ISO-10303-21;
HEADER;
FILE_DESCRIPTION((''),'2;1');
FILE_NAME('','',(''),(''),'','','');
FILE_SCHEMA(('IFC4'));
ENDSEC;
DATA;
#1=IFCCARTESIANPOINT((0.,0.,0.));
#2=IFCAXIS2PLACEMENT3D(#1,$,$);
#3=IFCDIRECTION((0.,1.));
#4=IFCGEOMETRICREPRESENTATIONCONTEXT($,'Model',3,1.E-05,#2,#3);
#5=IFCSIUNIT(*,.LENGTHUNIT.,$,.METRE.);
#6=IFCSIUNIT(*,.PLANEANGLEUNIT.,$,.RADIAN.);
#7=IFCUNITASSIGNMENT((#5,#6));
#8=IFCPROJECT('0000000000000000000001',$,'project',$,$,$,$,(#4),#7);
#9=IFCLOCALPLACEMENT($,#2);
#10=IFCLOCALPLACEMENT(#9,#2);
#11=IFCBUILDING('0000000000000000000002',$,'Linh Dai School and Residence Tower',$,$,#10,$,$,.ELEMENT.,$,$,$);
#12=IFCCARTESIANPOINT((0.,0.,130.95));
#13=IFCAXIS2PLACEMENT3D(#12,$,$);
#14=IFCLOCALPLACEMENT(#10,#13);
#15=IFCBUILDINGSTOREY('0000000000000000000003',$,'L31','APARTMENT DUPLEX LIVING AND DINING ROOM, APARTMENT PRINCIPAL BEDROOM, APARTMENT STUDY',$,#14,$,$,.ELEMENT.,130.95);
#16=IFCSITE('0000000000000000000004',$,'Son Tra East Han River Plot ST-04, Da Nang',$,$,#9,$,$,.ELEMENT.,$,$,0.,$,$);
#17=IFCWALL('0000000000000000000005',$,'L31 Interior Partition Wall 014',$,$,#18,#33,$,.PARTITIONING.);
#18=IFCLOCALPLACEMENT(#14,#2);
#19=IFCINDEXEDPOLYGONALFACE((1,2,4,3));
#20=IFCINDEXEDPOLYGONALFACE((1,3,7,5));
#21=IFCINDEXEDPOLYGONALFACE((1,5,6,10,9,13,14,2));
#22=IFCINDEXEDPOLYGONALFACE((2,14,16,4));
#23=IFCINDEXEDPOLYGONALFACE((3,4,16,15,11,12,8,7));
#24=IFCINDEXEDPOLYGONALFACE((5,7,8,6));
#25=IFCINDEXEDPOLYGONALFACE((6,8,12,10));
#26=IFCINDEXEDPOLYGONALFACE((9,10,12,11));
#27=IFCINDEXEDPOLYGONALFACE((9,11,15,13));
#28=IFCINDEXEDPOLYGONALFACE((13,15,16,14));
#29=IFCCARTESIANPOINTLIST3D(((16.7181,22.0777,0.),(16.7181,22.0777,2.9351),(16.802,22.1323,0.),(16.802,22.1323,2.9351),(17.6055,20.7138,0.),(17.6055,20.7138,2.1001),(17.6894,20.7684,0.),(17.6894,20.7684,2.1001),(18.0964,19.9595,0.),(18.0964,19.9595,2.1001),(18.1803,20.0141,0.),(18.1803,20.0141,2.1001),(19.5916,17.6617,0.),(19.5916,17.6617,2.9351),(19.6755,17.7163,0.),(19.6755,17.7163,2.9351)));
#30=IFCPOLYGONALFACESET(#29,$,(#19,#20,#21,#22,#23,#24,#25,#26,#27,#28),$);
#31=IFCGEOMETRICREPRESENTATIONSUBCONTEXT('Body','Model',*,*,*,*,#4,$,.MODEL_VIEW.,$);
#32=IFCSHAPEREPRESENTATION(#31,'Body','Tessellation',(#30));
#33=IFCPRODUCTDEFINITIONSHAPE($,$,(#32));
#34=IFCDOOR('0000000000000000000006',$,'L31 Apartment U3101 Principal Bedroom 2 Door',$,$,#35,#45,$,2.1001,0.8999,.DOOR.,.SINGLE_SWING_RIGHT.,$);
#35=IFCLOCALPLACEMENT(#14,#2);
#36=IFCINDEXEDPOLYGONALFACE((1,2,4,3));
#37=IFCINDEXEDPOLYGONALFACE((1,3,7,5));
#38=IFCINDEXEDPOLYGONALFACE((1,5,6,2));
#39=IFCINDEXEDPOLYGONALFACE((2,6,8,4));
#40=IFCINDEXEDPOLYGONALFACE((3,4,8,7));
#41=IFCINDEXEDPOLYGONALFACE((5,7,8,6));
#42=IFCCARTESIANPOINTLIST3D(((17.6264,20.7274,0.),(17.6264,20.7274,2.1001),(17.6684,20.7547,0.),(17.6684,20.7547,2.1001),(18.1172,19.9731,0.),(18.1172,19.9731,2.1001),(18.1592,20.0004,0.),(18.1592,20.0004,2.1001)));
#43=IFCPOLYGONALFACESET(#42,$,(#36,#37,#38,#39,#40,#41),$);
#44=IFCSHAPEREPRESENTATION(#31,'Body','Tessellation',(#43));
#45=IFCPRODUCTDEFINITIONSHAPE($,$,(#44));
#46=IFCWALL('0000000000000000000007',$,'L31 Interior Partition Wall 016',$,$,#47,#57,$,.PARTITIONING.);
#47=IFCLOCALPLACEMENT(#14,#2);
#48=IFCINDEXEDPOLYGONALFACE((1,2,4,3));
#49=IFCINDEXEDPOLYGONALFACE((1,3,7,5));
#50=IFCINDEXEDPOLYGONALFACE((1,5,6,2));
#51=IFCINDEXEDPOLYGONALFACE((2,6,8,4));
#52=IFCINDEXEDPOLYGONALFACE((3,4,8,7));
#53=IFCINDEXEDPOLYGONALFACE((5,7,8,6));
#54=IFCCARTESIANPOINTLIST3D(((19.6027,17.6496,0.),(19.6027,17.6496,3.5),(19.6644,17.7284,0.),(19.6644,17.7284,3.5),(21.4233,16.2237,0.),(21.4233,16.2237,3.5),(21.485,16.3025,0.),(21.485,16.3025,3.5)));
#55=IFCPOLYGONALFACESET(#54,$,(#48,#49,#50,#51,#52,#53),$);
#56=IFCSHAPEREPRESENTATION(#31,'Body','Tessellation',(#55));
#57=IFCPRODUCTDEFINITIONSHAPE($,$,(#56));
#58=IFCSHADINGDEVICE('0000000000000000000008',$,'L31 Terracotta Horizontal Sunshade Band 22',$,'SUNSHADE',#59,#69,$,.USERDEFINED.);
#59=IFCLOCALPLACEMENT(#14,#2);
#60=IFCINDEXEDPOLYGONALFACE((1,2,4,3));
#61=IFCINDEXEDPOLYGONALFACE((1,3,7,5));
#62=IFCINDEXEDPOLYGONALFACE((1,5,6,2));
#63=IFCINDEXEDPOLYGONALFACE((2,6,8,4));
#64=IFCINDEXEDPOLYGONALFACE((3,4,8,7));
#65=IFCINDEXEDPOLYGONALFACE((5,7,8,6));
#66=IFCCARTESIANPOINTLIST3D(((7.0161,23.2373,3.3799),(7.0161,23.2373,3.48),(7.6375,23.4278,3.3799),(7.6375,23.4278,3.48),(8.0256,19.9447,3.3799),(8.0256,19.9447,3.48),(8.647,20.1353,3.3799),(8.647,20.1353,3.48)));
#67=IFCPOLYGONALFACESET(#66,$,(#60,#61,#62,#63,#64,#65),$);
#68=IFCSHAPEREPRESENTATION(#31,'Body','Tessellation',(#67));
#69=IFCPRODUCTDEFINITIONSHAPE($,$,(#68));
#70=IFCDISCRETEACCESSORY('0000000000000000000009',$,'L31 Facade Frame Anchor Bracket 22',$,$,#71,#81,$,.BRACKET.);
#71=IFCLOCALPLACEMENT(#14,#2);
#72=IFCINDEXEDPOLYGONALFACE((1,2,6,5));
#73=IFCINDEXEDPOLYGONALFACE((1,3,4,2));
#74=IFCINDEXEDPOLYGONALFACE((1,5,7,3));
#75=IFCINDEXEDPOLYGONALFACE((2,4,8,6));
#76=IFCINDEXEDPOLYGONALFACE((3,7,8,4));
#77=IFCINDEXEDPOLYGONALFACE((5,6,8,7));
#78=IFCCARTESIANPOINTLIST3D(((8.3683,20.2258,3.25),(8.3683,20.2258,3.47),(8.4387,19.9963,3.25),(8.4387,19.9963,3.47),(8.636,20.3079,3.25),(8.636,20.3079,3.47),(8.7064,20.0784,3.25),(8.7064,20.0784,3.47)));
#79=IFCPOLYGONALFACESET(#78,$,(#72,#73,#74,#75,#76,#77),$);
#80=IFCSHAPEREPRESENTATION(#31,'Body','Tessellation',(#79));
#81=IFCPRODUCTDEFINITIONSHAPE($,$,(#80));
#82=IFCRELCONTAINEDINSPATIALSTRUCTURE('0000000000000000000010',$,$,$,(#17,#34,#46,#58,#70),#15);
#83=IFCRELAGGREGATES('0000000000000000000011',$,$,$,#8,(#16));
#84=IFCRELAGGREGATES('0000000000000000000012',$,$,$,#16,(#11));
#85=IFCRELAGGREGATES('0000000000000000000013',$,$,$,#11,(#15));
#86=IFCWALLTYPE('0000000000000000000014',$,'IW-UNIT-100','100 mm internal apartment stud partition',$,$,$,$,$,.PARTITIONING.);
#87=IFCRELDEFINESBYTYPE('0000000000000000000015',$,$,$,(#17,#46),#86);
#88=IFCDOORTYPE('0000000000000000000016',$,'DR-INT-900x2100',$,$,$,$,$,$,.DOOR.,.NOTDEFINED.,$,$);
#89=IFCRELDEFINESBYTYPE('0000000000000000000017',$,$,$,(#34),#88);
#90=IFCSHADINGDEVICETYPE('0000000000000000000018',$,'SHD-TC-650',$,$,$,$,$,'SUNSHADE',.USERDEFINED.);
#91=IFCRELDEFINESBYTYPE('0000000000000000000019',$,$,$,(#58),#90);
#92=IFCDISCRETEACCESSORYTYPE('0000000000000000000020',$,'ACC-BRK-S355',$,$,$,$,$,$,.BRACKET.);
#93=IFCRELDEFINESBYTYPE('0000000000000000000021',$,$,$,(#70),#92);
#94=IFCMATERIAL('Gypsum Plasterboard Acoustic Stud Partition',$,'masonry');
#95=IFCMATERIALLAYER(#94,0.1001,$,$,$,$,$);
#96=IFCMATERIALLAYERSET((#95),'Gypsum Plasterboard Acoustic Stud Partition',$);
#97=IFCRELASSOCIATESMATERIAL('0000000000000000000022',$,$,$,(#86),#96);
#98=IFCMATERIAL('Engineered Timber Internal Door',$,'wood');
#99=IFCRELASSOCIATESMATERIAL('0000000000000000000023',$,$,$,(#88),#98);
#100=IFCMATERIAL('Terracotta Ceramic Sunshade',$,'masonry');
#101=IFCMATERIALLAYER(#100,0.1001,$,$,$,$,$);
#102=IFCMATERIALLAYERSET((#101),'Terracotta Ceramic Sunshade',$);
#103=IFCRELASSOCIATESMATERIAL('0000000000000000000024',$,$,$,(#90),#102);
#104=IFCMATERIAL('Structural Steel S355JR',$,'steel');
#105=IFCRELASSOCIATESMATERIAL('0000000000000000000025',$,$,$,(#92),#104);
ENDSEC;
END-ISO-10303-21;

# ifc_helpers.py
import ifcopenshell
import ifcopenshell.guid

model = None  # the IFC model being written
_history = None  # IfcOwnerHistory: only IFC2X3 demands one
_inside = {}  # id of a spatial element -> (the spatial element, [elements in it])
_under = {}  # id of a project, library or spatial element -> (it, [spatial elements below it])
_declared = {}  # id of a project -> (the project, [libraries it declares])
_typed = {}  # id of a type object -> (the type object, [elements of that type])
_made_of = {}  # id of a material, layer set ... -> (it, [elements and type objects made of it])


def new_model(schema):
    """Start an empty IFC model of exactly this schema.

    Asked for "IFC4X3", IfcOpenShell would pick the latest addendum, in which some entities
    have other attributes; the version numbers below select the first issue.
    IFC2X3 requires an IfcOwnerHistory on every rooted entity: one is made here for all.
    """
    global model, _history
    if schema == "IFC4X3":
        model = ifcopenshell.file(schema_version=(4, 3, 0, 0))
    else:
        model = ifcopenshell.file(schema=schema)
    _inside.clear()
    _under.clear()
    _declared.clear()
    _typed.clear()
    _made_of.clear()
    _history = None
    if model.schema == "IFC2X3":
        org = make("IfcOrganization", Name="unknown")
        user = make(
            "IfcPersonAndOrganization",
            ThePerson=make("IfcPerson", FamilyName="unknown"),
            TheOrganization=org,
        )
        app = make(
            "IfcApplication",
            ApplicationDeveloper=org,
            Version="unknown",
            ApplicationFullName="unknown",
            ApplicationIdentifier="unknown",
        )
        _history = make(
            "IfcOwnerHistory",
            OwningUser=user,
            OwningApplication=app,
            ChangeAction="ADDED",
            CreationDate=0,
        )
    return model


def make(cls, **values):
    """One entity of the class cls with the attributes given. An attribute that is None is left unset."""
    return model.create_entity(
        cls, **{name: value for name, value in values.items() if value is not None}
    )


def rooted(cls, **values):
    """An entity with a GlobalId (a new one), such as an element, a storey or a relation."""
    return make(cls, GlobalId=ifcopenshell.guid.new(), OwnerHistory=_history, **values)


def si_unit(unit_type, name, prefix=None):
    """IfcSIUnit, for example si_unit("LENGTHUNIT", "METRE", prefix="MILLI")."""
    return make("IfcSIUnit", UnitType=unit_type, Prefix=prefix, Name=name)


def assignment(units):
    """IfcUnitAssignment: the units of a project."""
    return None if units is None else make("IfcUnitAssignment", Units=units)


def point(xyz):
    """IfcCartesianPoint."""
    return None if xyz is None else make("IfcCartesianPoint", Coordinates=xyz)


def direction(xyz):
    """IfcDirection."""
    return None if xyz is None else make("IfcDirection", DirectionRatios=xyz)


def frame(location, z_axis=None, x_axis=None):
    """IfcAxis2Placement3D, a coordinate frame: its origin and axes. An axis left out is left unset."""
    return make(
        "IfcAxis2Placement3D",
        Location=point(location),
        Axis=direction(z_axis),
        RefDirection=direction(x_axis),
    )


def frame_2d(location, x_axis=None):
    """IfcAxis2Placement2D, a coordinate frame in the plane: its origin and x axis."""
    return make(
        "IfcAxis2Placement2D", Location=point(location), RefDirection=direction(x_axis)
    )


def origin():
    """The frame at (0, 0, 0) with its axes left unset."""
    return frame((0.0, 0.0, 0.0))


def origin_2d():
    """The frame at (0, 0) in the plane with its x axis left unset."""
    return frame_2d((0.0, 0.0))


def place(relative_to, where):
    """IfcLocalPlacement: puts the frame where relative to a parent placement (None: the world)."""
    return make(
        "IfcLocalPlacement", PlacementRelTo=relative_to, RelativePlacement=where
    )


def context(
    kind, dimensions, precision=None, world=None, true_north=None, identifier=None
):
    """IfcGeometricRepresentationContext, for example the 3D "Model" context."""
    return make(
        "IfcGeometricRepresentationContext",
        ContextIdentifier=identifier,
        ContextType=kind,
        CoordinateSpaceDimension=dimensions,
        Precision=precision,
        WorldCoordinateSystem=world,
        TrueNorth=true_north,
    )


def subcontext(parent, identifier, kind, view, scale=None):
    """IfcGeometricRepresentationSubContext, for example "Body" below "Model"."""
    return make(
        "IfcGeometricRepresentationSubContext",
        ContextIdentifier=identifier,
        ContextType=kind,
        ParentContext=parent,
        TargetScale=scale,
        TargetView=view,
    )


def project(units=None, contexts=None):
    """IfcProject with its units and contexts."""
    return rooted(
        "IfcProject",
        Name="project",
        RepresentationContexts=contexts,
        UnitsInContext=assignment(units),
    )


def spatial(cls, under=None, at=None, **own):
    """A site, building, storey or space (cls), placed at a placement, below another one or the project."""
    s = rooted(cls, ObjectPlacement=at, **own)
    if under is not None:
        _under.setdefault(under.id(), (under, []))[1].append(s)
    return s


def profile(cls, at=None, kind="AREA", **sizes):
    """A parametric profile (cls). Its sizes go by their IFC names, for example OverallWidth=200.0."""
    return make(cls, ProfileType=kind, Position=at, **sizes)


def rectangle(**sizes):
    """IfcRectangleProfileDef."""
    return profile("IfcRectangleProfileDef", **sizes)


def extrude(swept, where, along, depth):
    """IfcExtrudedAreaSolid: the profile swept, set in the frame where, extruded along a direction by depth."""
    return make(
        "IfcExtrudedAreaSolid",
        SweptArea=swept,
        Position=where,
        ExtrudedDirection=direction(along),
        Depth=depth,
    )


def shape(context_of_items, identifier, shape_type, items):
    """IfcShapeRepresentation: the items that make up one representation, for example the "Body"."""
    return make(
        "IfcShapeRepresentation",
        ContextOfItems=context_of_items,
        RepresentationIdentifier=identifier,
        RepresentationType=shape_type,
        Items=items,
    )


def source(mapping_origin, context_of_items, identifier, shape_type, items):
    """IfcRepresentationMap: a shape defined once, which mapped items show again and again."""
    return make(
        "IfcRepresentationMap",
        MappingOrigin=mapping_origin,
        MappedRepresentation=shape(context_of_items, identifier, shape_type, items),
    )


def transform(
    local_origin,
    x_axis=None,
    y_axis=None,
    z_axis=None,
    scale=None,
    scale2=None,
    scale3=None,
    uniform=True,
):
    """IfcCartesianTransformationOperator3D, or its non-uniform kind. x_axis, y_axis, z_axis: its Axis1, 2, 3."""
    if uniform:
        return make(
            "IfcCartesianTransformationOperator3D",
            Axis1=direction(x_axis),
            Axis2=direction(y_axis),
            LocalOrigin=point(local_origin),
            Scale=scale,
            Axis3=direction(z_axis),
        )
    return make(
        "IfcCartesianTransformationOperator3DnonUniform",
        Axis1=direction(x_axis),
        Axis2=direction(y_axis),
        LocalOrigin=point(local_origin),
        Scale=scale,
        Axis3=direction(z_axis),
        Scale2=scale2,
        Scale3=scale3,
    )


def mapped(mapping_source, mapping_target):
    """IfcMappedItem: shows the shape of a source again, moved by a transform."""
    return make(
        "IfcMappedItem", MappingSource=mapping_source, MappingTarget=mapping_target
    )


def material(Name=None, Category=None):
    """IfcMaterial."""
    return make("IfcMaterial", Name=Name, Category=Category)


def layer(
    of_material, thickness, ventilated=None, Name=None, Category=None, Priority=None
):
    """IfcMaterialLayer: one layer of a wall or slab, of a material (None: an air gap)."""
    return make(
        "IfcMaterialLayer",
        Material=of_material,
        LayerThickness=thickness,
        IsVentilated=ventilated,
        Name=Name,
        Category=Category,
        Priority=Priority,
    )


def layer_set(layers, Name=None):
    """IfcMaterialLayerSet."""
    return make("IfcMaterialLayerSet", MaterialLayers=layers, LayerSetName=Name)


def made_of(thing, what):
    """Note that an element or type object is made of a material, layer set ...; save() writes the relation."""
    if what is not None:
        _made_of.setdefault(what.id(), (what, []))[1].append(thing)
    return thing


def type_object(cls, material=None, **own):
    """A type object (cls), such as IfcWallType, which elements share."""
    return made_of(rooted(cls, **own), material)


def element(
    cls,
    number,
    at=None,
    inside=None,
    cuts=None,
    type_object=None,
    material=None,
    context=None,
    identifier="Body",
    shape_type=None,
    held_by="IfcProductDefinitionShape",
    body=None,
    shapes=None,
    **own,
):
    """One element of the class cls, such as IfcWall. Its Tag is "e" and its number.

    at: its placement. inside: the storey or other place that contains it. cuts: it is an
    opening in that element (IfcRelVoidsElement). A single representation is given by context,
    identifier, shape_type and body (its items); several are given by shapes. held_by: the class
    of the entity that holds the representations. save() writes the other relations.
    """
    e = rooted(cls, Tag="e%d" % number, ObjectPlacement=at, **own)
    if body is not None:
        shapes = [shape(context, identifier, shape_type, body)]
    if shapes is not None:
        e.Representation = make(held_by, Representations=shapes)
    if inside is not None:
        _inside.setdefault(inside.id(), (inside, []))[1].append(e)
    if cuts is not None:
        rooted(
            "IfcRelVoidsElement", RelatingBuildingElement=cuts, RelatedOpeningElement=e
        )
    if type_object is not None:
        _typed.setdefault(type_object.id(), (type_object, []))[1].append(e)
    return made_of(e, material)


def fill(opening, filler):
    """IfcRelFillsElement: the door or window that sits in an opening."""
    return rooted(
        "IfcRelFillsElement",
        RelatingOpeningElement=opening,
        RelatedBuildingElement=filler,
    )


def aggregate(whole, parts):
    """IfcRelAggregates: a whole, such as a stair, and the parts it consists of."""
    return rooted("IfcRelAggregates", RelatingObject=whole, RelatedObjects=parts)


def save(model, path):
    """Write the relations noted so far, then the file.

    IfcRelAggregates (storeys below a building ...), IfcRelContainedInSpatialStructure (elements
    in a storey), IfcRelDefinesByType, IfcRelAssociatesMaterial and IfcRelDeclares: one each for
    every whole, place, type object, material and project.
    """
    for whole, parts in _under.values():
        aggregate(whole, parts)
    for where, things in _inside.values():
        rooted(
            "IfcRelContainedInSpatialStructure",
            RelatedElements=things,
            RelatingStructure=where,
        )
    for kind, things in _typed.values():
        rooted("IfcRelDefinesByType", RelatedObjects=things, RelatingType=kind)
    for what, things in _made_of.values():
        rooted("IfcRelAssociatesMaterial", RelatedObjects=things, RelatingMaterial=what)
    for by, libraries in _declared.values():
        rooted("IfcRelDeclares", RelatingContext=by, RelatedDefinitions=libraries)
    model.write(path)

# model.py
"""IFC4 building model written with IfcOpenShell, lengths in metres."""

from ifc_helpers import new_model, si_unit, direction, frame, frame_2d, origin, origin_2d, place, context, subcontext, project, spatial, rectangle, extrude, source, transform, mapped, material, layer, layer_set, type_object, element, fill, save


model = new_model("IFC4")

# Units and contexts
model_context = context("Model", 3, precision=1e-05, world=origin(), true_north=direction((0.0, 1.0)))
body_context = subcontext(model_context, "Body", "Model", "MODEL_VIEW")
ifc_project = project(units=[si_unit("LENGTHUNIT", "METRE"), si_unit("PLANEANGLEUNIT", "RADIAN")], contexts=[model_context])

# Site, building, storey
site_placement = place(None, origin())
site = spatial("IfcSite", under=ifc_project, at=site_placement, Name="Son Tra East Han River Plot ST-04, Da Nang", CompositionType="ELEMENT", RefElevation=0.0)
building_placement = place(site_placement, origin())
building = spatial("IfcBuilding", under=site, at=building_placement, Name="Linh Dai School and Residence Tower", CompositionType="ELEMENT")
storey_placement = place(building_placement, frame((0.0, 0.0, 130.95)))
storey = spatial("IfcBuildingStorey", under=building, at=storey_placement, Name="L31", Description="APARTMENT DUPLEX LIVING AND DINING ROOM, APARTMENT PRINCIPAL BEDROOM, APARTMENT STUDY", CompositionType="ELEMENT", Elevation=130.95)

# Shared definitions
ifc_material_1 = material(Name="Structural Steel S355JR", Category="steel")

# Shared definitions
ifc_material_2 = material(Name="Gypsum Plasterboard Acoustic Stud Partition", Category="masonry")
ifc_layer_1 = layer(ifc_material_2, 0.1001)
ifc_layer_set_1 = layer_set([ifc_layer_1], Name="Gypsum Plasterboard Acoustic Stud Partition")
wall_type_1 = type_object("IfcWallType", Name="IW-UNIT-100", Description="100 mm internal apartment stud partition", PredefinedType="PARTITIONING", material=ifc_layer_set_1)

# Wall, opening, door
wall_1_placement = place(storey_placement, frame((16.76, 22.105, 0.0), z_axis=(0.0, 0.0, 1.0), x_axis=(0.545405, -0.838172, 0.0)))
wall_1 = element("IfcWall", 1, at=wall_1_placement, inside=storey, type_object=wall_type_1, Name="L31 Interior Partition Wall 014", PredefinedType="PARTITIONING", context=body_context, shape_type="SweptSolid", body=[
    extrude(rectangle(XDim=5.2686, YDim=0.1001, at=frame_2d((2.6343, 0.0))), origin(), (0.0, 0.0, 1.0), 2.9351),
])
opening_1_placement = place(wall_1_placement, frame((1.6272, 0.0, 0.0)))
opening_1 = element("IfcOpeningElement", 2, at=opening_1_placement, cuts=wall_1, PredefinedType="OPENING", context=body_context, shape_type="SweptSolid", body=[
    extrude(rectangle(XDim=0.8999, YDim=2.1001, at=origin_2d()), frame((0.45, 0.0601, 1.05), z_axis=(0.0, -1.0, 0.0), x_axis=(1.0, 0.0, 0.0)), (0.0, 0.0, 1.0), 0.1201),
])
ifc_material_3 = material(Name="Engineered Timber Internal Door", Category="wood")
door_type_1 = type_object("IfcDoorType", Name="DR-INT-900x2100", OperationType="NOTDEFINED", PredefinedType="DOOR", material=ifc_material_3)
shared_shape_1 = source(origin(), body_context, "Body", "SweptSolid", [
    extrude(rectangle(XDim=0.8999, YDim=2.1001, at=origin_2d()), frame((0.45, 0.0249, 1.05), z_axis=(0.0, -1.0, 0.0), x_axis=(1.0, 0.0, 0.0)), (0.0, 0.0, 1.0), 0.05),
])
door_1_placement = place(opening_1_placement, origin())
door_1 = element("IfcDoor", 3, at=door_1_placement, inside=storey, type_object=door_type_1, Name="L31 Apartment U3101 Principal Bedroom 2 Door", OperationType="SINGLE_SWING_RIGHT", OverallHeight=2.1001, OverallWidth=0.8999, PredefinedType="DOOR", context=body_context, shape_type="MappedRepresentation", body=[
    mapped(shared_shape_1, transform((0.0, 0.0, 0.0), x_axis=(1.0, 0.0, 0.0), y_axis=(0.0, 1.0, 0.0), z_axis=(0.0, 0.0, 1.0), scale=1.0)),
])
fill(opening_1, door_1)

# Wall
wall_2_placement = place(storey_placement, frame((19.6335, 17.689, 0.0), z_axis=(0.0, 0.0, 1.0), x_axis=(0.787296, -0.616576, 0.0)))
element("IfcWall", 4, at=wall_2_placement, inside=storey, type_object=wall_type_1, Name="L31 Interior Partition Wall 016", PredefinedType="PARTITIONING", context=body_context, shape_type="SweptSolid", body=[
    extrude(rectangle(XDim=2.3125, YDim=0.1001, at=frame_2d((1.1562, 0.0))), origin(), (0.0, 0.0, 1.0), 3.5),
])

# Shading device
ifc_material_4 = material(Name="Terracotta Ceramic Sunshade", Category="masonry")
ifc_layer_2 = layer(ifc_material_4, 0.1001)
ifc_layer_set_2 = layer_set([ifc_layer_2], Name="Terracotta Ceramic Sunshade")
shading_device_type = type_object("IfcShadingDeviceType", Name="SHD-TC-650", ElementType="SUNSHADE", PredefinedType="USERDEFINED", material=ifc_layer_set_2)
shared_shape_2 = source(origin(), body_context, "Body", "SweptSolid", [
    extrude(rectangle(XDim=3.4438, YDim=0.6499, at=origin_2d()), origin(), (0.0, 0.0, 1.0), 0.1001),
])
shading_device_placement = place(storey_placement, frame((7.8315, 21.6863, 3.3799), z_axis=(0.0, 0.0, 1.0), x_axis=(-0.293134, 0.956072, 0.0)))
element("IfcShadingDevice", 5, at=shading_device_placement, inside=storey, type_object=shading_device_type, Name="L31 Terracotta Horizontal Sunshade Band 22", ObjectType="SUNSHADE", PredefinedType="USERDEFINED", context=body_context, shape_type="MappedRepresentation", body=[
    mapped(shared_shape_2, transform((0.0, 0.0, 0.0), x_axis=(1.0, 0.0, 0.0), y_axis=(0.0, 1.0, 0.0), z_axis=(0.0, 0.0, 1.0), scale=1.0)),
])

# Discrete accessory
discrete_accessory_type = type_object("IfcDiscreteAccessoryType", Name="ACC-BRK-S355", PredefinedType="BRACKET", material=ifc_material_1)
shared_shape_3 = source(origin(), body_context, "Body", "SweptSolid", [
    extrude(rectangle(XDim=0.28, YDim=0.24, at=origin_2d()), origin(), (0.0, 0.0, 1.0), 0.22),
])
discrete_accessory_placement = place(storey_placement, frame((8.5374, 20.1521, 3.25), z_axis=(0.0, 0.0, 1.0), x_axis=(-0.956072, -0.293134, 0.0)))
element("IfcDiscreteAccessory", 6, at=discrete_accessory_placement, inside=storey, type_object=discrete_accessory_type, Name="L31 Facade Frame Anchor Bracket 22", PredefinedType="BRACKET", context=body_context, shape_type="MappedRepresentation", body=[
    mapped(shared_shape_3, transform((0.0, 0.0, 0.0), x_axis=(1.0, 0.0, 0.0), y_axis=(0.0, 1.0, 0.0), z_axis=(0.0, 0.0, 1.0), scale=1.0)),
])

save(model, "model.ifc")
